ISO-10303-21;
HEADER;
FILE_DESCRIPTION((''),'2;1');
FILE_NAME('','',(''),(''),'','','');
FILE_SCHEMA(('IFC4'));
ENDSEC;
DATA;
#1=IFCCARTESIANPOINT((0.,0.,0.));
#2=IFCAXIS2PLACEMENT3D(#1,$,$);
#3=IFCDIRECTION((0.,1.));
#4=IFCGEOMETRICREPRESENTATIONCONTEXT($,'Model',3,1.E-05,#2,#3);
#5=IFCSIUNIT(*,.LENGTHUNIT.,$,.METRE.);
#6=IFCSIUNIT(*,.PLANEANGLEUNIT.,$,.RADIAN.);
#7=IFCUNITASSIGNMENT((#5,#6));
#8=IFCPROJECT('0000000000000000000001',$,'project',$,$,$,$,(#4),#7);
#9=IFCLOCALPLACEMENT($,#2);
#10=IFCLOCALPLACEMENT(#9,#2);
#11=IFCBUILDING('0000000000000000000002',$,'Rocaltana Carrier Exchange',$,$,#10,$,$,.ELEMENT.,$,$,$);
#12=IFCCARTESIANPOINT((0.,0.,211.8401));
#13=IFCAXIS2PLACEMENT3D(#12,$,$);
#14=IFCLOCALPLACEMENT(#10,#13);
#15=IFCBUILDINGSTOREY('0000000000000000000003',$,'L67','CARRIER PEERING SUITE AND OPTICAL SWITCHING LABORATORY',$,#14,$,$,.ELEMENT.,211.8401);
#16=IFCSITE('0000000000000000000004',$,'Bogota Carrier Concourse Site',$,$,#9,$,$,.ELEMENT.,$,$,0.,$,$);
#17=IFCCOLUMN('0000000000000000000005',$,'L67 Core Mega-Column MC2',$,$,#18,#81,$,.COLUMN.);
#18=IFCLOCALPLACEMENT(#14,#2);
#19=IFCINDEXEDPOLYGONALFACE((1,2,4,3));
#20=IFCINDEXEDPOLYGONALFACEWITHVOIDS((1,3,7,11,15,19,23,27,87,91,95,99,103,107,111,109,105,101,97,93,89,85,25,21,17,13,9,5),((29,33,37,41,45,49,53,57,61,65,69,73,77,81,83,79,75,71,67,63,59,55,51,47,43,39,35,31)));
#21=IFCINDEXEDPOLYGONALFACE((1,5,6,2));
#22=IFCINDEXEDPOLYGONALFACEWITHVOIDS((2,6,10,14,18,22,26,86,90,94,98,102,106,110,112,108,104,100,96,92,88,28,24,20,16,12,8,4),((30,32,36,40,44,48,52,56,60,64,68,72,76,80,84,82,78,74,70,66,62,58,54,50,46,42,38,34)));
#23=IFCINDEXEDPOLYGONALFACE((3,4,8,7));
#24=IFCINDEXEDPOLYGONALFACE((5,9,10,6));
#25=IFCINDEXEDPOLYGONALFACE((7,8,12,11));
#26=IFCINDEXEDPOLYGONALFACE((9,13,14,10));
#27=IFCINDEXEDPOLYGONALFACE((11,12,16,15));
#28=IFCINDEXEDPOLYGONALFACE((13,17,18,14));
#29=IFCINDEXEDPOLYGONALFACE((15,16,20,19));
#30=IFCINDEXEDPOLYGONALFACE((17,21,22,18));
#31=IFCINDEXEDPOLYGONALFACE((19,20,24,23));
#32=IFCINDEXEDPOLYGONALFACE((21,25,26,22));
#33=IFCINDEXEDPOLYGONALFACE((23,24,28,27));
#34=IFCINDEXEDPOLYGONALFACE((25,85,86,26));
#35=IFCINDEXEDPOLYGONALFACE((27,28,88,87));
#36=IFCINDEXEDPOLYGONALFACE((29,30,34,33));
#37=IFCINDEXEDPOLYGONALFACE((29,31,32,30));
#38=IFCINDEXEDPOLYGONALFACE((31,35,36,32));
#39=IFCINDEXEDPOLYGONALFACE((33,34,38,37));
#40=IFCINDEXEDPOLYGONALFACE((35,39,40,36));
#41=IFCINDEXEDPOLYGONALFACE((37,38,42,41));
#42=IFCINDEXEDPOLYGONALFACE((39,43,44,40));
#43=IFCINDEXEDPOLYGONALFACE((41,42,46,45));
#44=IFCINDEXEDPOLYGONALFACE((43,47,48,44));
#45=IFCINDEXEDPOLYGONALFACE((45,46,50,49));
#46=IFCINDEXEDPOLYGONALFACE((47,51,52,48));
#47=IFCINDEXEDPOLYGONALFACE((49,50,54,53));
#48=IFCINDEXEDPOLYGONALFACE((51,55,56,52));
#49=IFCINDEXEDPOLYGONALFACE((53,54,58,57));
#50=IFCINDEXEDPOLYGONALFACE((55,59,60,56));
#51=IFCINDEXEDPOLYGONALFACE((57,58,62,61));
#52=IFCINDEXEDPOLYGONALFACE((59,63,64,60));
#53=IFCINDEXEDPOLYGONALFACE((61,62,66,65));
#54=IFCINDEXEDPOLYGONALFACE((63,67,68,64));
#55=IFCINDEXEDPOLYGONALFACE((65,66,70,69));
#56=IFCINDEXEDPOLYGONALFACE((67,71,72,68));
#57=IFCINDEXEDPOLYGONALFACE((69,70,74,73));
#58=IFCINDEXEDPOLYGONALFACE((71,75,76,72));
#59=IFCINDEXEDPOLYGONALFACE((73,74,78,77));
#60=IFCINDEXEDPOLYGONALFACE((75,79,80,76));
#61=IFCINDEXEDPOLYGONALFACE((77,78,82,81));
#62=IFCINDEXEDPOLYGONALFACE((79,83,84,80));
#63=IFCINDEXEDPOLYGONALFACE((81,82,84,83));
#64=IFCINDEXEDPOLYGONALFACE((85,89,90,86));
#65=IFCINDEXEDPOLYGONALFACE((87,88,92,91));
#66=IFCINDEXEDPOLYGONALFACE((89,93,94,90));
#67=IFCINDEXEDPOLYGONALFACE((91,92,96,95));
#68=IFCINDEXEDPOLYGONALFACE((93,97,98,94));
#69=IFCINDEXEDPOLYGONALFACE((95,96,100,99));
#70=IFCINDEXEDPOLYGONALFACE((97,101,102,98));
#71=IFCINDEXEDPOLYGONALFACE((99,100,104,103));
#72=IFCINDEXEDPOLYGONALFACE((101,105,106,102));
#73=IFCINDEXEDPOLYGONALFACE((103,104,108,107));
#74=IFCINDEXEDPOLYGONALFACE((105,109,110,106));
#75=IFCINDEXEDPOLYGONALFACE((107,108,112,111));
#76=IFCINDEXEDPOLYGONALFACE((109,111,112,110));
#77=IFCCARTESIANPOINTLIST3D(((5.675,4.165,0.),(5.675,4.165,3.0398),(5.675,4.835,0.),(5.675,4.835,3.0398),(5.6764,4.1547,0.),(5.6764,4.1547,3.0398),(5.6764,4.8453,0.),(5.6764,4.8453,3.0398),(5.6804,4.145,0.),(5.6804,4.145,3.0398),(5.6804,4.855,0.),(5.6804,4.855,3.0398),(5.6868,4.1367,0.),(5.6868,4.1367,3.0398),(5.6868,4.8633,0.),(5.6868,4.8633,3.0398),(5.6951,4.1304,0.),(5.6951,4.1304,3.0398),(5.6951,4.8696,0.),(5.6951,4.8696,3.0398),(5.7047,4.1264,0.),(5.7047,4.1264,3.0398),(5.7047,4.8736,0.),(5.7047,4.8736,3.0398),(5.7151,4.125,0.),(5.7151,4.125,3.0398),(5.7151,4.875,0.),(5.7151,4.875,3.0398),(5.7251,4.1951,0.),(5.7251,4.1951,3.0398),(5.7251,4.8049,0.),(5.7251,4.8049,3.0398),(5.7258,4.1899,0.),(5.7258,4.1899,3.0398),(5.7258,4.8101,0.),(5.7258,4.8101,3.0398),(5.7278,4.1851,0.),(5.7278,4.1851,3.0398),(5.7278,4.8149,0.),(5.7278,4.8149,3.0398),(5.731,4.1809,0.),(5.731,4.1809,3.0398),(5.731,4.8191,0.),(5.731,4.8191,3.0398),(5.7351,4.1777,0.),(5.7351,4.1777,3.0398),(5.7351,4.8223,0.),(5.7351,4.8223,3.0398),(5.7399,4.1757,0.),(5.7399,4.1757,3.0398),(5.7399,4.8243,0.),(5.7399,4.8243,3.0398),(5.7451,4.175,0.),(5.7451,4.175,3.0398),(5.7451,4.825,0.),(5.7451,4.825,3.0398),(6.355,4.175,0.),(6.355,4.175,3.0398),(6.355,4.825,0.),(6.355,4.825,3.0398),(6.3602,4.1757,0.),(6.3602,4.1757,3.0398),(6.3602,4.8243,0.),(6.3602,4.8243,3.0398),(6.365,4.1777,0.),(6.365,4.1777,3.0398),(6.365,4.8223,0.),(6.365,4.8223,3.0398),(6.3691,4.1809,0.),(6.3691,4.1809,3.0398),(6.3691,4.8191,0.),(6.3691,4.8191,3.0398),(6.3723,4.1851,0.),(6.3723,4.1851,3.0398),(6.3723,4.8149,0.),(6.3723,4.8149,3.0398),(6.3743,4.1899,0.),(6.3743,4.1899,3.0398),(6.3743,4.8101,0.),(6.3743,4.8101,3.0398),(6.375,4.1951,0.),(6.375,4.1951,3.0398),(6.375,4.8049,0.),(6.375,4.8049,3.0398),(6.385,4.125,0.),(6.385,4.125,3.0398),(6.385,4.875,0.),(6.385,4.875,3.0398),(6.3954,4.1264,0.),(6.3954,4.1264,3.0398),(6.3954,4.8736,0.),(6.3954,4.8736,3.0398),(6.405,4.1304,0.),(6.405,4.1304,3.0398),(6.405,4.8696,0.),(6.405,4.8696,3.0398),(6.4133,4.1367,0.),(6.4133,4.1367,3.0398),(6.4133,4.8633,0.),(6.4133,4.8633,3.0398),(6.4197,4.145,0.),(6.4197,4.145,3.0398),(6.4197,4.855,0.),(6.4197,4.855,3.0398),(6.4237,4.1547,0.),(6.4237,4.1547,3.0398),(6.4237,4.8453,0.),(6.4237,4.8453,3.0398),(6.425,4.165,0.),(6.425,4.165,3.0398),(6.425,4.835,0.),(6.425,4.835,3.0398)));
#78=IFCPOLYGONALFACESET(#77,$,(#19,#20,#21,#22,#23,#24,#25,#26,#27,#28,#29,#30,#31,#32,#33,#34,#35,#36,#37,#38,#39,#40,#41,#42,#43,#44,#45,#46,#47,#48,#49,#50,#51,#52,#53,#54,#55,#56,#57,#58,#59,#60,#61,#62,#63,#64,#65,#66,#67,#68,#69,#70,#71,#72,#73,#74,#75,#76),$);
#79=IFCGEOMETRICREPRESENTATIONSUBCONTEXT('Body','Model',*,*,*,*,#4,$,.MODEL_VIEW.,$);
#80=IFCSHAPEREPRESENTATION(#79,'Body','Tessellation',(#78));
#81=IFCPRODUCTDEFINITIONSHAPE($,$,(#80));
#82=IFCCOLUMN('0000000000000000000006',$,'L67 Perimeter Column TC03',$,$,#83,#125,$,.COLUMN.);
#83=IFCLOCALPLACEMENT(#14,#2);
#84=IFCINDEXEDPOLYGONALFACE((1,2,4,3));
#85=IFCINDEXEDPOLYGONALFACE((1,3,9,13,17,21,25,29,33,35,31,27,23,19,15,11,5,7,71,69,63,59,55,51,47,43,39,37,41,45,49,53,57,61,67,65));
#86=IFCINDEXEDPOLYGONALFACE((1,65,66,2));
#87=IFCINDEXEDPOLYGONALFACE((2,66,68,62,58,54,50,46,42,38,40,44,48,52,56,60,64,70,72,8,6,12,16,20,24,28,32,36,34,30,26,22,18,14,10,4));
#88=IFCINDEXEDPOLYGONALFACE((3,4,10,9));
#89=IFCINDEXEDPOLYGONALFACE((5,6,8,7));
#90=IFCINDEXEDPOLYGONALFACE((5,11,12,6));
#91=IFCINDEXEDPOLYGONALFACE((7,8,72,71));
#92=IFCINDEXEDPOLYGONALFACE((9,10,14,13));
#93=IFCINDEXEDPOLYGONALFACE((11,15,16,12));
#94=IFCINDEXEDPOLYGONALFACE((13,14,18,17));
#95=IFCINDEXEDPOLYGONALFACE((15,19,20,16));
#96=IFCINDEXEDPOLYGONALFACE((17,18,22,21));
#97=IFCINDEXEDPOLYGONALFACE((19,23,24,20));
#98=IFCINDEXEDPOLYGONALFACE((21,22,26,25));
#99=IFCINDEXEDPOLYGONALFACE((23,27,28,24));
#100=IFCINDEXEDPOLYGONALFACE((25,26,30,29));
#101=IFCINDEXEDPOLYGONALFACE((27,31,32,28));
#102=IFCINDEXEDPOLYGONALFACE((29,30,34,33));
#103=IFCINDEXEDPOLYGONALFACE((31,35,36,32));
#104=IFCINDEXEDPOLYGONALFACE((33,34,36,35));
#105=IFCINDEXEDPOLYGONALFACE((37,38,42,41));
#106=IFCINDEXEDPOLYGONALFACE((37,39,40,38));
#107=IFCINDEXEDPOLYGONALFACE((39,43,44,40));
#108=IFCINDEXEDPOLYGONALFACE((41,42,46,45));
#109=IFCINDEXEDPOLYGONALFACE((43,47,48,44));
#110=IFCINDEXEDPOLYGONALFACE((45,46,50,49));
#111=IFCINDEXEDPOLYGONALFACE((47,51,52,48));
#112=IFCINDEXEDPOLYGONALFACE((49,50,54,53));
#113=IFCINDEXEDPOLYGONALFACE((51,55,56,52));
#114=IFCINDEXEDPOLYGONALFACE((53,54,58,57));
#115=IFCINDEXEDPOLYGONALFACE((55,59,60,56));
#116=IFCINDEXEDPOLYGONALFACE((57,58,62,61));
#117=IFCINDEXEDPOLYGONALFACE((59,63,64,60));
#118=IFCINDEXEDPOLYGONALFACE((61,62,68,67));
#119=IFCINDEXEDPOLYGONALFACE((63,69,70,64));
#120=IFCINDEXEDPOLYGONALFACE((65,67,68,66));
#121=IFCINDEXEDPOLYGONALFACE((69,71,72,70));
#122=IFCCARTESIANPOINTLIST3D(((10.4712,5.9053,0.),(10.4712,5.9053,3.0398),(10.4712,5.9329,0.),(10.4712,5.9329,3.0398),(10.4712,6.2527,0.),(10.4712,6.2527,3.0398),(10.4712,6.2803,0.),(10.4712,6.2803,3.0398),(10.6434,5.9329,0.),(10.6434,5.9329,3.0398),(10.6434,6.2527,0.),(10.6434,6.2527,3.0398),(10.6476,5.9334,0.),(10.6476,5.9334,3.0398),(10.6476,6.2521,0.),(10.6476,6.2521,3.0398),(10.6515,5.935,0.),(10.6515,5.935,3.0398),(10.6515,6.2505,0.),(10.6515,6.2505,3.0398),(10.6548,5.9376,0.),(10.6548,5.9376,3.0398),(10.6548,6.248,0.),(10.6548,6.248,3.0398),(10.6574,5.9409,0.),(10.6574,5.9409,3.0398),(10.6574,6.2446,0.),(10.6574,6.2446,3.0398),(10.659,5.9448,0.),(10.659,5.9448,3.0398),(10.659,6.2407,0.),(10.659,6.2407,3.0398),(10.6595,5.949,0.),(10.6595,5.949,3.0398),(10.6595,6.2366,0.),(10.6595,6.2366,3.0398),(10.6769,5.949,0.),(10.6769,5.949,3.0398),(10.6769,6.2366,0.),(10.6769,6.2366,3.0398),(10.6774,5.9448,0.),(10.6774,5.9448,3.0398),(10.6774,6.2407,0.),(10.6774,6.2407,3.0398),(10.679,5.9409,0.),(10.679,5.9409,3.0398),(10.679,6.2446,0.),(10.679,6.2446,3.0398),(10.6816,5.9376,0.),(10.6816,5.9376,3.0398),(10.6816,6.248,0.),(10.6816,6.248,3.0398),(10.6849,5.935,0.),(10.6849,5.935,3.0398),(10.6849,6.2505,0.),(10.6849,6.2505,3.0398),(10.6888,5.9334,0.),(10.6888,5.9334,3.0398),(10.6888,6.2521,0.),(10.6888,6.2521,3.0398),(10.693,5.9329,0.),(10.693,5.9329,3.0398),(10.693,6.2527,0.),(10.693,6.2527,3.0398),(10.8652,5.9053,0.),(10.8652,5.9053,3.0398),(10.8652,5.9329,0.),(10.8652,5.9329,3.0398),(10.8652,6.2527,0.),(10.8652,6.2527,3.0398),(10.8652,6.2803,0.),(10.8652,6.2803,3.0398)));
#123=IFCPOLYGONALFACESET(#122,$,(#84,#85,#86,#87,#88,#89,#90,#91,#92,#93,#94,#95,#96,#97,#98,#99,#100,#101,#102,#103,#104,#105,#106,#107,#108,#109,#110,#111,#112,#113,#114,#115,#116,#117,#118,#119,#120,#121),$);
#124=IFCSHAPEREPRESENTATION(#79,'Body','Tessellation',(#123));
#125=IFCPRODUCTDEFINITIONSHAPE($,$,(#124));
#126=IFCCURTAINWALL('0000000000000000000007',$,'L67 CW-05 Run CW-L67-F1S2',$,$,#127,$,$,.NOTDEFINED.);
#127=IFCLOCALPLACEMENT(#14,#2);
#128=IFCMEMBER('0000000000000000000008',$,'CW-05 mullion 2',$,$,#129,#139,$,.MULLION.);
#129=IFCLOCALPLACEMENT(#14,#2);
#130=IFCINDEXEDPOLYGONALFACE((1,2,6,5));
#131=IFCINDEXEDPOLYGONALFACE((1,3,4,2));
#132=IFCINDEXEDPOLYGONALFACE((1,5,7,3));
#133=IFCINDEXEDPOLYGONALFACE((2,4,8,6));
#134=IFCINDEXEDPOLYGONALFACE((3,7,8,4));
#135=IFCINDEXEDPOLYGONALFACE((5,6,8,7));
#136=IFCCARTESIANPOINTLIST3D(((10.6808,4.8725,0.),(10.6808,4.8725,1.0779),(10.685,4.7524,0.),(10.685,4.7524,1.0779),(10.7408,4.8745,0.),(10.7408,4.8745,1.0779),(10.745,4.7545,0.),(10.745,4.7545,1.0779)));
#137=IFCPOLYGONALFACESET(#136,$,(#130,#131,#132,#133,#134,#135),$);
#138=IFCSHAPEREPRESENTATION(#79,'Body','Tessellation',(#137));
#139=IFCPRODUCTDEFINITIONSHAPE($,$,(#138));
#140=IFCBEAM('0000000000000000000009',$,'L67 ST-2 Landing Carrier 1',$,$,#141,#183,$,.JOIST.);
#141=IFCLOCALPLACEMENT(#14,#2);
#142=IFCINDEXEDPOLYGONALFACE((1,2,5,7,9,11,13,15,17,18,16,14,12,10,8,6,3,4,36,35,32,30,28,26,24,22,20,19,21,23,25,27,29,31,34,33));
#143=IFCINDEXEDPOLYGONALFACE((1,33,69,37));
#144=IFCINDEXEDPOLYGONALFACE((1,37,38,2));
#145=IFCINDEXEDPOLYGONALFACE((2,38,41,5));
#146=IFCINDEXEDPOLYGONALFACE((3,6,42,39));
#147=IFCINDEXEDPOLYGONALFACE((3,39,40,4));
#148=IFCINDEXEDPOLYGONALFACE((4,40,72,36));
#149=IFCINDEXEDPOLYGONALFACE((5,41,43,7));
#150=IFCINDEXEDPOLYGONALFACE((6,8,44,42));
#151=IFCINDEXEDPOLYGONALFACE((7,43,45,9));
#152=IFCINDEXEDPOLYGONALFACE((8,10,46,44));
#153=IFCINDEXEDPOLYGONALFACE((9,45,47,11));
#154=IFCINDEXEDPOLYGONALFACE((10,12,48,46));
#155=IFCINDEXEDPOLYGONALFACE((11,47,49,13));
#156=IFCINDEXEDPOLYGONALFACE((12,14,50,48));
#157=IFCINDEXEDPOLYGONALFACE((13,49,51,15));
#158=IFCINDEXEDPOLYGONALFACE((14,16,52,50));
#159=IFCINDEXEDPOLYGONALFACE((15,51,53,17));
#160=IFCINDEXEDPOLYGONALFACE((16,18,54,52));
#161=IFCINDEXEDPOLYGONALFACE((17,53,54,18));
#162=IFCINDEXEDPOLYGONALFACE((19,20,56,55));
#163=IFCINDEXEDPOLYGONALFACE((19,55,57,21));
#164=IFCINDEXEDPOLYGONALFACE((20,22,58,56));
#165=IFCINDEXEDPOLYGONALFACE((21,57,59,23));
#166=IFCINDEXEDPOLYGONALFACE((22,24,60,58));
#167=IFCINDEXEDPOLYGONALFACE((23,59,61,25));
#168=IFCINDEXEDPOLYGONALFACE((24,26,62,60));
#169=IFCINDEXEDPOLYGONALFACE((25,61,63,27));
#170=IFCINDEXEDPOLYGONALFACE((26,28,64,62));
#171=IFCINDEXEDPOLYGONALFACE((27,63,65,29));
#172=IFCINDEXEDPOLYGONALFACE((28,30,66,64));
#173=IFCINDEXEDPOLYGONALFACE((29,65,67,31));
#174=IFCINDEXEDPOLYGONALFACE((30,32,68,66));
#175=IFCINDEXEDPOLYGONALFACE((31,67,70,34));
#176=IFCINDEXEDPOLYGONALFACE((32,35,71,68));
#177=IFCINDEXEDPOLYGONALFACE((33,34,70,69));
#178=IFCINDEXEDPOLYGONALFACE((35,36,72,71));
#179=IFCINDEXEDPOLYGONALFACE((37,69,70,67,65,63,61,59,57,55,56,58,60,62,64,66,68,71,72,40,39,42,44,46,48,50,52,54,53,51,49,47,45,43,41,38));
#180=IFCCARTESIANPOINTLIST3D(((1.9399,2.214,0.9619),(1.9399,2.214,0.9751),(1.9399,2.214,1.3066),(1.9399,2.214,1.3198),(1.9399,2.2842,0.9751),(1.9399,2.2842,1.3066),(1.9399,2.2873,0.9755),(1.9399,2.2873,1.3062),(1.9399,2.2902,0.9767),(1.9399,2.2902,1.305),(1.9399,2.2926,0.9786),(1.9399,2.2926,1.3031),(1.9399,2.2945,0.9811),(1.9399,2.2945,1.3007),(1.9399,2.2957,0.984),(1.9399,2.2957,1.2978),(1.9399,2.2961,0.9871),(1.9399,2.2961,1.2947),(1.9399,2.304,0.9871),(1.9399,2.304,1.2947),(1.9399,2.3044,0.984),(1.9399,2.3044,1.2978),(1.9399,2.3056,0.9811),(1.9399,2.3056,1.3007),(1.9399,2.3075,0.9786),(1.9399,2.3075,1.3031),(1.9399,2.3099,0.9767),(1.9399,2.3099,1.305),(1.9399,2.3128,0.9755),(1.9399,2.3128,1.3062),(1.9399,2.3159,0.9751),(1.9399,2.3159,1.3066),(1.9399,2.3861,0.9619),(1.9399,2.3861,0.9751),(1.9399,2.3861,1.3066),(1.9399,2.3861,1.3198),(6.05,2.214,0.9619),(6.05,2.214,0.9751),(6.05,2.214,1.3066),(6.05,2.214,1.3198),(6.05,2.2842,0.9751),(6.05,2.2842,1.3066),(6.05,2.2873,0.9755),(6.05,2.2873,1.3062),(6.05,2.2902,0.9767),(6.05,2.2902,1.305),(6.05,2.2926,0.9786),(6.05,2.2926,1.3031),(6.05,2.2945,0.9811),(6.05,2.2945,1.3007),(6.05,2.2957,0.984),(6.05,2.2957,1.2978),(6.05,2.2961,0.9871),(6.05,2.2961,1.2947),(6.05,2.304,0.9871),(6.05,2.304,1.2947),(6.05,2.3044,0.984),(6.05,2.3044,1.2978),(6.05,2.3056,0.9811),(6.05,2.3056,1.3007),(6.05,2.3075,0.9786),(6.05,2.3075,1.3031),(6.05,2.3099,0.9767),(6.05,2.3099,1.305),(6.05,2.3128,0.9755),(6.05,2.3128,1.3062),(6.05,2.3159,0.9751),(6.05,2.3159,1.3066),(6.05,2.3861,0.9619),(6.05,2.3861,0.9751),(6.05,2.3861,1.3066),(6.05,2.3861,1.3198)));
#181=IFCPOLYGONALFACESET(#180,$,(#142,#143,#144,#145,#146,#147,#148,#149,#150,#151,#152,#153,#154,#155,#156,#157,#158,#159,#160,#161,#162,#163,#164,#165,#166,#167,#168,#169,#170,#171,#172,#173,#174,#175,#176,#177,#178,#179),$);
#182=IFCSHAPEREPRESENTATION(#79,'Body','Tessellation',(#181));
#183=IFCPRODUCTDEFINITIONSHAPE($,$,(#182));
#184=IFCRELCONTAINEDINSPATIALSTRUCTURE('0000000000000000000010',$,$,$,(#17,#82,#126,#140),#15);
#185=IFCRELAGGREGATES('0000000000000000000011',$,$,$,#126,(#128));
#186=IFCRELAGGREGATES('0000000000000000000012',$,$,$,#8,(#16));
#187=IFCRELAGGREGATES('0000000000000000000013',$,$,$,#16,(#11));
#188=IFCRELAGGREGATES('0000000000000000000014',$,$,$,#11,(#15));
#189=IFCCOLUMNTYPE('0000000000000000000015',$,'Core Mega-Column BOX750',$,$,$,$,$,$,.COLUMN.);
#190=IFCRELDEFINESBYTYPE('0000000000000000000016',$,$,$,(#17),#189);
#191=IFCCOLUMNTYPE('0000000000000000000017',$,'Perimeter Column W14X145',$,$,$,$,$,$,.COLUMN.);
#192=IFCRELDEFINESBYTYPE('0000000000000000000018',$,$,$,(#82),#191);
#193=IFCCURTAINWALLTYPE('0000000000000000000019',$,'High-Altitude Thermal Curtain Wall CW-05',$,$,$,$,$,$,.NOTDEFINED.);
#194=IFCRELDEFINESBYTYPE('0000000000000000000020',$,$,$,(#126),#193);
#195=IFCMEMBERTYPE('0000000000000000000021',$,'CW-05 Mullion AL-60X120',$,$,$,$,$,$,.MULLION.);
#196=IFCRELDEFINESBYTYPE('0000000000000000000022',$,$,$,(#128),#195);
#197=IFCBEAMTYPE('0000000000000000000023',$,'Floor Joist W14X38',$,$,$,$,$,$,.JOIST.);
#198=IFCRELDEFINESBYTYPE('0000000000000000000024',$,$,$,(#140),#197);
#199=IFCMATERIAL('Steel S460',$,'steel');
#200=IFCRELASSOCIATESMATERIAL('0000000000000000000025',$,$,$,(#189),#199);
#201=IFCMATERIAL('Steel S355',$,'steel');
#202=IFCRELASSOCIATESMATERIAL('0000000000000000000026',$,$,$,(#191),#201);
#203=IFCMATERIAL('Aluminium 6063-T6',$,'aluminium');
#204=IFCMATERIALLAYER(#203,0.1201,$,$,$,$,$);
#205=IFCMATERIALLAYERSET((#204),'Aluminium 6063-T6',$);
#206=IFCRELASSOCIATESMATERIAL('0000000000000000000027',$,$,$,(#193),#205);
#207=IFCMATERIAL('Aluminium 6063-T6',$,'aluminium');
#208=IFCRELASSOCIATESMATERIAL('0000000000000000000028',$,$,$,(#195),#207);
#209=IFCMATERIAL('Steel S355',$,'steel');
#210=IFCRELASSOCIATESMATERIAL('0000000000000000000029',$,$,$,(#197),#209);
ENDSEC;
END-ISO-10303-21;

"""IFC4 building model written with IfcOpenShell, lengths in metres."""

from ifc_helpers import new_model, si_unit, direction, frame, origin, origin_2d, place, context, subcontext, project, spatial, rectangle, hollow_rectangle, i_section, extrude, material, layer, layer_set, material_profile, profile_set, type_object, element, aggregate, save


model = new_model("IFC4")

# Units and contexts
model_context = context("Model", 3, precision=1e-05, world=origin(), true_north=direction((0.0, 1.0)))
body_context = subcontext(model_context, "Body", "Model", "MODEL_VIEW")
ifc_project = project(units=[si_unit("LENGTHUNIT", "METRE"), si_unit("PLANEANGLEUNIT", "RADIAN")], contexts=[model_context])

# Site, building, storey
site_placement = place(None, origin())
site = spatial("IfcSite", under=ifc_project, at=site_placement, Name="Bogota Carrier Concourse Site", CompositionType="ELEMENT", RefElevation=0.0)
building_placement = place(site_placement, origin())
building = spatial("IfcBuilding", under=site, at=building_placement, Name="Rocaltana Carrier Exchange", CompositionType="ELEMENT")
storey_placement = place(building_placement, frame((0.0, 0.0, 211.8401)))
storey = spatial("IfcBuildingStorey", under=building, at=storey_placement, Name="L67", Description="CARRIER PEERING SUITE AND OPTICAL SWITCHING LABORATORY", CompositionType="ELEMENT", Elevation=211.8401)

# Columns
ifc_material_1 = material(Name="Steel S460", Category="steel")
ifc_material_profile_1 = material_profile(ifc_material_1, hollow_rectangle(XDim=0.75, YDim=0.75, WallThickness=0.05, InnerFilletRadius=0.02, OuterFilletRadius=0.04, at=origin_2d()), Name="BOX750X750X50")
ifc_profile_set_1 = profile_set([ifc_material_profile_1], Name="Steel S460")
column_type_1 = type_object("IfcColumnType", Name="Core Mega-Column BOX750", PredefinedType="COLUMN", material=ifc_profile_set_1)
column_1_placement = place(storey_placement, frame((6.05, 4.5, 0.0), z_axis=(0.0, 0.0, 1.0), x_axis=(1.0, 0.0, 0.0)))
element("IfcColumn", 1, at=column_1_placement, inside=storey, type_object=column_type_1, Name="L67 Core Mega-Column MC2", PredefinedType="COLUMN", context=body_context, shape_type="SweptSolid", body=[
    extrude(hollow_rectangle(XDim=0.75, YDim=0.75, WallThickness=0.05, InnerFilletRadius=0.02, OuterFilletRadius=0.04, at=origin_2d()), origin(), (0.0, 0.0, 1.0), 3.0398),
])
ifc_material_2 = material(Name="Steel S355", Category="steel")
ifc_material_profile_2 = material_profile(ifc_material_2, i_section(OverallWidth=0.394, OverallDepth=0.375, WebThickness=0.0173, FlangeThickness=0.0276, FilletRadius=0.0161, at=origin_2d()), Name="W14X145")
ifc_profile_set_2 = profile_set([ifc_material_profile_2], Name="Steel S355")
column_type_2 = type_object("IfcColumnType", Name="Perimeter Column W14X145", PredefinedType="COLUMN", material=ifc_profile_set_2)
column_2_placement = place(storey_placement, frame((10.6682, 6.0928, 0.0), z_axis=(0.0, 0.0, 1.0), x_axis=(1.0, 0.0, 0.0)))
element("IfcColumn", 2, at=column_2_placement, inside=storey, type_object=column_type_2, Name="L67 Perimeter Column TC03", PredefinedType="COLUMN", context=body_context, shape_type="SweptSolid", body=[
    extrude(i_section(OverallWidth=0.394, OverallDepth=0.375, WebThickness=0.0173, FlangeThickness=0.0276, FilletRadius=0.0161, at=origin_2d()), origin(), (0.0, 0.0, 1.0), 3.0398),
])

# Curtain wall, member
ifc_material_3 = material(Name="Aluminium 6063-T6", Category="aluminium")
ifc_layer_1 = layer(ifc_material_3, 0.1201)
ifc_layer_set_1 = layer_set([ifc_layer_1], Name="Aluminium 6063-T6")
curtain_wall_type = type_object("IfcCurtainWallType", Name="High-Altitude Thermal Curtain Wall CW-05", PredefinedType="NOTDEFINED", material=ifc_layer_set_1)
curtain_wall_placement = place(storey_placement, origin())
curtain_wall = element("IfcCurtainWall", 3, at=curtain_wall_placement, inside=storey, type_object=curtain_wall_type, Name="L67 CW-05 Run CW-L67-F1S2", PredefinedType="NOTDEFINED")
ifc_material_4 = material(Name="Aluminium 6063-T6", Category="aluminium")
ifc_material_profile_3 = material_profile(ifc_material_4, rectangle(XDim=0.0601, YDim=0.1201, at=origin_2d()), Name="AL-60X120")
ifc_profile_set_3 = profile_set([ifc_material_profile_3], Name="Aluminium 6063-T6")
member_type = type_object("IfcMemberType", Name="CW-05 Mullion AL-60X120", PredefinedType="MULLION", material=ifc_profile_set_3)
member_placement = place(storey_placement, frame((10.7129, 4.8135, 0.0), z_axis=(0.0, 0.0, 1.0), x_axis=(-0.999391, -0.034903, 0.0)))
member = element("IfcMember", 4, at=member_placement, type_object=member_type, Name="CW-05 mullion 2", PredefinedType="MULLION", context=body_context, shape_type="SweptSolid", body=[
    extrude(rectangle(XDim=0.0601, YDim=0.1201, at=origin_2d()), origin(), (0.0, 0.0, 1.0), 1.0779),
])

# Beam
ifc_material_5 = material(Name="Steel S355", Category="steel")
ifc_material_profile_4 = material_profile(ifc_material_5, i_section(OverallWidth=0.1721, OverallDepth=0.3579, WebThickness=0.0078, FlangeThickness=0.0132, FilletRadius=0.012, at=origin_2d()), Name="W14X38")
ifc_profile_set_4 = profile_set([ifc_material_profile_4], Name="Steel S355")
beam_type_1 = type_object("IfcBeamType", Name="Floor Joist W14X38", PredefinedType="JOIST", material=ifc_profile_set_4)
for number, where, z_axis, x_axis, name in (
    (5, (1.9399, 2.3, 1.1409), (1.0, 0.0, 0.0), (0.0, 1.0, 0.0), "L67 ST-2 Landing Carrier 1"),
):
    element("IfcBeam", number, at=place(storey_placement, frame(where, z_axis=z_axis, x_axis=x_axis)), inside=storey, type_object=beam_type_1, Name=name, PredefinedType="JOIST", context=body_context, shape_type="SweptSolid", body=[
        extrude(i_section(OverallWidth=0.1721, OverallDepth=0.3579, WebThickness=0.0078, FlangeThickness=0.0132, FilletRadius=0.012, at=origin_2d()), origin(), (0.0, 0.0, 1.0), 4.1101),
    ])

aggregate(curtain_wall, [member])

save(model, "model.ifc")
